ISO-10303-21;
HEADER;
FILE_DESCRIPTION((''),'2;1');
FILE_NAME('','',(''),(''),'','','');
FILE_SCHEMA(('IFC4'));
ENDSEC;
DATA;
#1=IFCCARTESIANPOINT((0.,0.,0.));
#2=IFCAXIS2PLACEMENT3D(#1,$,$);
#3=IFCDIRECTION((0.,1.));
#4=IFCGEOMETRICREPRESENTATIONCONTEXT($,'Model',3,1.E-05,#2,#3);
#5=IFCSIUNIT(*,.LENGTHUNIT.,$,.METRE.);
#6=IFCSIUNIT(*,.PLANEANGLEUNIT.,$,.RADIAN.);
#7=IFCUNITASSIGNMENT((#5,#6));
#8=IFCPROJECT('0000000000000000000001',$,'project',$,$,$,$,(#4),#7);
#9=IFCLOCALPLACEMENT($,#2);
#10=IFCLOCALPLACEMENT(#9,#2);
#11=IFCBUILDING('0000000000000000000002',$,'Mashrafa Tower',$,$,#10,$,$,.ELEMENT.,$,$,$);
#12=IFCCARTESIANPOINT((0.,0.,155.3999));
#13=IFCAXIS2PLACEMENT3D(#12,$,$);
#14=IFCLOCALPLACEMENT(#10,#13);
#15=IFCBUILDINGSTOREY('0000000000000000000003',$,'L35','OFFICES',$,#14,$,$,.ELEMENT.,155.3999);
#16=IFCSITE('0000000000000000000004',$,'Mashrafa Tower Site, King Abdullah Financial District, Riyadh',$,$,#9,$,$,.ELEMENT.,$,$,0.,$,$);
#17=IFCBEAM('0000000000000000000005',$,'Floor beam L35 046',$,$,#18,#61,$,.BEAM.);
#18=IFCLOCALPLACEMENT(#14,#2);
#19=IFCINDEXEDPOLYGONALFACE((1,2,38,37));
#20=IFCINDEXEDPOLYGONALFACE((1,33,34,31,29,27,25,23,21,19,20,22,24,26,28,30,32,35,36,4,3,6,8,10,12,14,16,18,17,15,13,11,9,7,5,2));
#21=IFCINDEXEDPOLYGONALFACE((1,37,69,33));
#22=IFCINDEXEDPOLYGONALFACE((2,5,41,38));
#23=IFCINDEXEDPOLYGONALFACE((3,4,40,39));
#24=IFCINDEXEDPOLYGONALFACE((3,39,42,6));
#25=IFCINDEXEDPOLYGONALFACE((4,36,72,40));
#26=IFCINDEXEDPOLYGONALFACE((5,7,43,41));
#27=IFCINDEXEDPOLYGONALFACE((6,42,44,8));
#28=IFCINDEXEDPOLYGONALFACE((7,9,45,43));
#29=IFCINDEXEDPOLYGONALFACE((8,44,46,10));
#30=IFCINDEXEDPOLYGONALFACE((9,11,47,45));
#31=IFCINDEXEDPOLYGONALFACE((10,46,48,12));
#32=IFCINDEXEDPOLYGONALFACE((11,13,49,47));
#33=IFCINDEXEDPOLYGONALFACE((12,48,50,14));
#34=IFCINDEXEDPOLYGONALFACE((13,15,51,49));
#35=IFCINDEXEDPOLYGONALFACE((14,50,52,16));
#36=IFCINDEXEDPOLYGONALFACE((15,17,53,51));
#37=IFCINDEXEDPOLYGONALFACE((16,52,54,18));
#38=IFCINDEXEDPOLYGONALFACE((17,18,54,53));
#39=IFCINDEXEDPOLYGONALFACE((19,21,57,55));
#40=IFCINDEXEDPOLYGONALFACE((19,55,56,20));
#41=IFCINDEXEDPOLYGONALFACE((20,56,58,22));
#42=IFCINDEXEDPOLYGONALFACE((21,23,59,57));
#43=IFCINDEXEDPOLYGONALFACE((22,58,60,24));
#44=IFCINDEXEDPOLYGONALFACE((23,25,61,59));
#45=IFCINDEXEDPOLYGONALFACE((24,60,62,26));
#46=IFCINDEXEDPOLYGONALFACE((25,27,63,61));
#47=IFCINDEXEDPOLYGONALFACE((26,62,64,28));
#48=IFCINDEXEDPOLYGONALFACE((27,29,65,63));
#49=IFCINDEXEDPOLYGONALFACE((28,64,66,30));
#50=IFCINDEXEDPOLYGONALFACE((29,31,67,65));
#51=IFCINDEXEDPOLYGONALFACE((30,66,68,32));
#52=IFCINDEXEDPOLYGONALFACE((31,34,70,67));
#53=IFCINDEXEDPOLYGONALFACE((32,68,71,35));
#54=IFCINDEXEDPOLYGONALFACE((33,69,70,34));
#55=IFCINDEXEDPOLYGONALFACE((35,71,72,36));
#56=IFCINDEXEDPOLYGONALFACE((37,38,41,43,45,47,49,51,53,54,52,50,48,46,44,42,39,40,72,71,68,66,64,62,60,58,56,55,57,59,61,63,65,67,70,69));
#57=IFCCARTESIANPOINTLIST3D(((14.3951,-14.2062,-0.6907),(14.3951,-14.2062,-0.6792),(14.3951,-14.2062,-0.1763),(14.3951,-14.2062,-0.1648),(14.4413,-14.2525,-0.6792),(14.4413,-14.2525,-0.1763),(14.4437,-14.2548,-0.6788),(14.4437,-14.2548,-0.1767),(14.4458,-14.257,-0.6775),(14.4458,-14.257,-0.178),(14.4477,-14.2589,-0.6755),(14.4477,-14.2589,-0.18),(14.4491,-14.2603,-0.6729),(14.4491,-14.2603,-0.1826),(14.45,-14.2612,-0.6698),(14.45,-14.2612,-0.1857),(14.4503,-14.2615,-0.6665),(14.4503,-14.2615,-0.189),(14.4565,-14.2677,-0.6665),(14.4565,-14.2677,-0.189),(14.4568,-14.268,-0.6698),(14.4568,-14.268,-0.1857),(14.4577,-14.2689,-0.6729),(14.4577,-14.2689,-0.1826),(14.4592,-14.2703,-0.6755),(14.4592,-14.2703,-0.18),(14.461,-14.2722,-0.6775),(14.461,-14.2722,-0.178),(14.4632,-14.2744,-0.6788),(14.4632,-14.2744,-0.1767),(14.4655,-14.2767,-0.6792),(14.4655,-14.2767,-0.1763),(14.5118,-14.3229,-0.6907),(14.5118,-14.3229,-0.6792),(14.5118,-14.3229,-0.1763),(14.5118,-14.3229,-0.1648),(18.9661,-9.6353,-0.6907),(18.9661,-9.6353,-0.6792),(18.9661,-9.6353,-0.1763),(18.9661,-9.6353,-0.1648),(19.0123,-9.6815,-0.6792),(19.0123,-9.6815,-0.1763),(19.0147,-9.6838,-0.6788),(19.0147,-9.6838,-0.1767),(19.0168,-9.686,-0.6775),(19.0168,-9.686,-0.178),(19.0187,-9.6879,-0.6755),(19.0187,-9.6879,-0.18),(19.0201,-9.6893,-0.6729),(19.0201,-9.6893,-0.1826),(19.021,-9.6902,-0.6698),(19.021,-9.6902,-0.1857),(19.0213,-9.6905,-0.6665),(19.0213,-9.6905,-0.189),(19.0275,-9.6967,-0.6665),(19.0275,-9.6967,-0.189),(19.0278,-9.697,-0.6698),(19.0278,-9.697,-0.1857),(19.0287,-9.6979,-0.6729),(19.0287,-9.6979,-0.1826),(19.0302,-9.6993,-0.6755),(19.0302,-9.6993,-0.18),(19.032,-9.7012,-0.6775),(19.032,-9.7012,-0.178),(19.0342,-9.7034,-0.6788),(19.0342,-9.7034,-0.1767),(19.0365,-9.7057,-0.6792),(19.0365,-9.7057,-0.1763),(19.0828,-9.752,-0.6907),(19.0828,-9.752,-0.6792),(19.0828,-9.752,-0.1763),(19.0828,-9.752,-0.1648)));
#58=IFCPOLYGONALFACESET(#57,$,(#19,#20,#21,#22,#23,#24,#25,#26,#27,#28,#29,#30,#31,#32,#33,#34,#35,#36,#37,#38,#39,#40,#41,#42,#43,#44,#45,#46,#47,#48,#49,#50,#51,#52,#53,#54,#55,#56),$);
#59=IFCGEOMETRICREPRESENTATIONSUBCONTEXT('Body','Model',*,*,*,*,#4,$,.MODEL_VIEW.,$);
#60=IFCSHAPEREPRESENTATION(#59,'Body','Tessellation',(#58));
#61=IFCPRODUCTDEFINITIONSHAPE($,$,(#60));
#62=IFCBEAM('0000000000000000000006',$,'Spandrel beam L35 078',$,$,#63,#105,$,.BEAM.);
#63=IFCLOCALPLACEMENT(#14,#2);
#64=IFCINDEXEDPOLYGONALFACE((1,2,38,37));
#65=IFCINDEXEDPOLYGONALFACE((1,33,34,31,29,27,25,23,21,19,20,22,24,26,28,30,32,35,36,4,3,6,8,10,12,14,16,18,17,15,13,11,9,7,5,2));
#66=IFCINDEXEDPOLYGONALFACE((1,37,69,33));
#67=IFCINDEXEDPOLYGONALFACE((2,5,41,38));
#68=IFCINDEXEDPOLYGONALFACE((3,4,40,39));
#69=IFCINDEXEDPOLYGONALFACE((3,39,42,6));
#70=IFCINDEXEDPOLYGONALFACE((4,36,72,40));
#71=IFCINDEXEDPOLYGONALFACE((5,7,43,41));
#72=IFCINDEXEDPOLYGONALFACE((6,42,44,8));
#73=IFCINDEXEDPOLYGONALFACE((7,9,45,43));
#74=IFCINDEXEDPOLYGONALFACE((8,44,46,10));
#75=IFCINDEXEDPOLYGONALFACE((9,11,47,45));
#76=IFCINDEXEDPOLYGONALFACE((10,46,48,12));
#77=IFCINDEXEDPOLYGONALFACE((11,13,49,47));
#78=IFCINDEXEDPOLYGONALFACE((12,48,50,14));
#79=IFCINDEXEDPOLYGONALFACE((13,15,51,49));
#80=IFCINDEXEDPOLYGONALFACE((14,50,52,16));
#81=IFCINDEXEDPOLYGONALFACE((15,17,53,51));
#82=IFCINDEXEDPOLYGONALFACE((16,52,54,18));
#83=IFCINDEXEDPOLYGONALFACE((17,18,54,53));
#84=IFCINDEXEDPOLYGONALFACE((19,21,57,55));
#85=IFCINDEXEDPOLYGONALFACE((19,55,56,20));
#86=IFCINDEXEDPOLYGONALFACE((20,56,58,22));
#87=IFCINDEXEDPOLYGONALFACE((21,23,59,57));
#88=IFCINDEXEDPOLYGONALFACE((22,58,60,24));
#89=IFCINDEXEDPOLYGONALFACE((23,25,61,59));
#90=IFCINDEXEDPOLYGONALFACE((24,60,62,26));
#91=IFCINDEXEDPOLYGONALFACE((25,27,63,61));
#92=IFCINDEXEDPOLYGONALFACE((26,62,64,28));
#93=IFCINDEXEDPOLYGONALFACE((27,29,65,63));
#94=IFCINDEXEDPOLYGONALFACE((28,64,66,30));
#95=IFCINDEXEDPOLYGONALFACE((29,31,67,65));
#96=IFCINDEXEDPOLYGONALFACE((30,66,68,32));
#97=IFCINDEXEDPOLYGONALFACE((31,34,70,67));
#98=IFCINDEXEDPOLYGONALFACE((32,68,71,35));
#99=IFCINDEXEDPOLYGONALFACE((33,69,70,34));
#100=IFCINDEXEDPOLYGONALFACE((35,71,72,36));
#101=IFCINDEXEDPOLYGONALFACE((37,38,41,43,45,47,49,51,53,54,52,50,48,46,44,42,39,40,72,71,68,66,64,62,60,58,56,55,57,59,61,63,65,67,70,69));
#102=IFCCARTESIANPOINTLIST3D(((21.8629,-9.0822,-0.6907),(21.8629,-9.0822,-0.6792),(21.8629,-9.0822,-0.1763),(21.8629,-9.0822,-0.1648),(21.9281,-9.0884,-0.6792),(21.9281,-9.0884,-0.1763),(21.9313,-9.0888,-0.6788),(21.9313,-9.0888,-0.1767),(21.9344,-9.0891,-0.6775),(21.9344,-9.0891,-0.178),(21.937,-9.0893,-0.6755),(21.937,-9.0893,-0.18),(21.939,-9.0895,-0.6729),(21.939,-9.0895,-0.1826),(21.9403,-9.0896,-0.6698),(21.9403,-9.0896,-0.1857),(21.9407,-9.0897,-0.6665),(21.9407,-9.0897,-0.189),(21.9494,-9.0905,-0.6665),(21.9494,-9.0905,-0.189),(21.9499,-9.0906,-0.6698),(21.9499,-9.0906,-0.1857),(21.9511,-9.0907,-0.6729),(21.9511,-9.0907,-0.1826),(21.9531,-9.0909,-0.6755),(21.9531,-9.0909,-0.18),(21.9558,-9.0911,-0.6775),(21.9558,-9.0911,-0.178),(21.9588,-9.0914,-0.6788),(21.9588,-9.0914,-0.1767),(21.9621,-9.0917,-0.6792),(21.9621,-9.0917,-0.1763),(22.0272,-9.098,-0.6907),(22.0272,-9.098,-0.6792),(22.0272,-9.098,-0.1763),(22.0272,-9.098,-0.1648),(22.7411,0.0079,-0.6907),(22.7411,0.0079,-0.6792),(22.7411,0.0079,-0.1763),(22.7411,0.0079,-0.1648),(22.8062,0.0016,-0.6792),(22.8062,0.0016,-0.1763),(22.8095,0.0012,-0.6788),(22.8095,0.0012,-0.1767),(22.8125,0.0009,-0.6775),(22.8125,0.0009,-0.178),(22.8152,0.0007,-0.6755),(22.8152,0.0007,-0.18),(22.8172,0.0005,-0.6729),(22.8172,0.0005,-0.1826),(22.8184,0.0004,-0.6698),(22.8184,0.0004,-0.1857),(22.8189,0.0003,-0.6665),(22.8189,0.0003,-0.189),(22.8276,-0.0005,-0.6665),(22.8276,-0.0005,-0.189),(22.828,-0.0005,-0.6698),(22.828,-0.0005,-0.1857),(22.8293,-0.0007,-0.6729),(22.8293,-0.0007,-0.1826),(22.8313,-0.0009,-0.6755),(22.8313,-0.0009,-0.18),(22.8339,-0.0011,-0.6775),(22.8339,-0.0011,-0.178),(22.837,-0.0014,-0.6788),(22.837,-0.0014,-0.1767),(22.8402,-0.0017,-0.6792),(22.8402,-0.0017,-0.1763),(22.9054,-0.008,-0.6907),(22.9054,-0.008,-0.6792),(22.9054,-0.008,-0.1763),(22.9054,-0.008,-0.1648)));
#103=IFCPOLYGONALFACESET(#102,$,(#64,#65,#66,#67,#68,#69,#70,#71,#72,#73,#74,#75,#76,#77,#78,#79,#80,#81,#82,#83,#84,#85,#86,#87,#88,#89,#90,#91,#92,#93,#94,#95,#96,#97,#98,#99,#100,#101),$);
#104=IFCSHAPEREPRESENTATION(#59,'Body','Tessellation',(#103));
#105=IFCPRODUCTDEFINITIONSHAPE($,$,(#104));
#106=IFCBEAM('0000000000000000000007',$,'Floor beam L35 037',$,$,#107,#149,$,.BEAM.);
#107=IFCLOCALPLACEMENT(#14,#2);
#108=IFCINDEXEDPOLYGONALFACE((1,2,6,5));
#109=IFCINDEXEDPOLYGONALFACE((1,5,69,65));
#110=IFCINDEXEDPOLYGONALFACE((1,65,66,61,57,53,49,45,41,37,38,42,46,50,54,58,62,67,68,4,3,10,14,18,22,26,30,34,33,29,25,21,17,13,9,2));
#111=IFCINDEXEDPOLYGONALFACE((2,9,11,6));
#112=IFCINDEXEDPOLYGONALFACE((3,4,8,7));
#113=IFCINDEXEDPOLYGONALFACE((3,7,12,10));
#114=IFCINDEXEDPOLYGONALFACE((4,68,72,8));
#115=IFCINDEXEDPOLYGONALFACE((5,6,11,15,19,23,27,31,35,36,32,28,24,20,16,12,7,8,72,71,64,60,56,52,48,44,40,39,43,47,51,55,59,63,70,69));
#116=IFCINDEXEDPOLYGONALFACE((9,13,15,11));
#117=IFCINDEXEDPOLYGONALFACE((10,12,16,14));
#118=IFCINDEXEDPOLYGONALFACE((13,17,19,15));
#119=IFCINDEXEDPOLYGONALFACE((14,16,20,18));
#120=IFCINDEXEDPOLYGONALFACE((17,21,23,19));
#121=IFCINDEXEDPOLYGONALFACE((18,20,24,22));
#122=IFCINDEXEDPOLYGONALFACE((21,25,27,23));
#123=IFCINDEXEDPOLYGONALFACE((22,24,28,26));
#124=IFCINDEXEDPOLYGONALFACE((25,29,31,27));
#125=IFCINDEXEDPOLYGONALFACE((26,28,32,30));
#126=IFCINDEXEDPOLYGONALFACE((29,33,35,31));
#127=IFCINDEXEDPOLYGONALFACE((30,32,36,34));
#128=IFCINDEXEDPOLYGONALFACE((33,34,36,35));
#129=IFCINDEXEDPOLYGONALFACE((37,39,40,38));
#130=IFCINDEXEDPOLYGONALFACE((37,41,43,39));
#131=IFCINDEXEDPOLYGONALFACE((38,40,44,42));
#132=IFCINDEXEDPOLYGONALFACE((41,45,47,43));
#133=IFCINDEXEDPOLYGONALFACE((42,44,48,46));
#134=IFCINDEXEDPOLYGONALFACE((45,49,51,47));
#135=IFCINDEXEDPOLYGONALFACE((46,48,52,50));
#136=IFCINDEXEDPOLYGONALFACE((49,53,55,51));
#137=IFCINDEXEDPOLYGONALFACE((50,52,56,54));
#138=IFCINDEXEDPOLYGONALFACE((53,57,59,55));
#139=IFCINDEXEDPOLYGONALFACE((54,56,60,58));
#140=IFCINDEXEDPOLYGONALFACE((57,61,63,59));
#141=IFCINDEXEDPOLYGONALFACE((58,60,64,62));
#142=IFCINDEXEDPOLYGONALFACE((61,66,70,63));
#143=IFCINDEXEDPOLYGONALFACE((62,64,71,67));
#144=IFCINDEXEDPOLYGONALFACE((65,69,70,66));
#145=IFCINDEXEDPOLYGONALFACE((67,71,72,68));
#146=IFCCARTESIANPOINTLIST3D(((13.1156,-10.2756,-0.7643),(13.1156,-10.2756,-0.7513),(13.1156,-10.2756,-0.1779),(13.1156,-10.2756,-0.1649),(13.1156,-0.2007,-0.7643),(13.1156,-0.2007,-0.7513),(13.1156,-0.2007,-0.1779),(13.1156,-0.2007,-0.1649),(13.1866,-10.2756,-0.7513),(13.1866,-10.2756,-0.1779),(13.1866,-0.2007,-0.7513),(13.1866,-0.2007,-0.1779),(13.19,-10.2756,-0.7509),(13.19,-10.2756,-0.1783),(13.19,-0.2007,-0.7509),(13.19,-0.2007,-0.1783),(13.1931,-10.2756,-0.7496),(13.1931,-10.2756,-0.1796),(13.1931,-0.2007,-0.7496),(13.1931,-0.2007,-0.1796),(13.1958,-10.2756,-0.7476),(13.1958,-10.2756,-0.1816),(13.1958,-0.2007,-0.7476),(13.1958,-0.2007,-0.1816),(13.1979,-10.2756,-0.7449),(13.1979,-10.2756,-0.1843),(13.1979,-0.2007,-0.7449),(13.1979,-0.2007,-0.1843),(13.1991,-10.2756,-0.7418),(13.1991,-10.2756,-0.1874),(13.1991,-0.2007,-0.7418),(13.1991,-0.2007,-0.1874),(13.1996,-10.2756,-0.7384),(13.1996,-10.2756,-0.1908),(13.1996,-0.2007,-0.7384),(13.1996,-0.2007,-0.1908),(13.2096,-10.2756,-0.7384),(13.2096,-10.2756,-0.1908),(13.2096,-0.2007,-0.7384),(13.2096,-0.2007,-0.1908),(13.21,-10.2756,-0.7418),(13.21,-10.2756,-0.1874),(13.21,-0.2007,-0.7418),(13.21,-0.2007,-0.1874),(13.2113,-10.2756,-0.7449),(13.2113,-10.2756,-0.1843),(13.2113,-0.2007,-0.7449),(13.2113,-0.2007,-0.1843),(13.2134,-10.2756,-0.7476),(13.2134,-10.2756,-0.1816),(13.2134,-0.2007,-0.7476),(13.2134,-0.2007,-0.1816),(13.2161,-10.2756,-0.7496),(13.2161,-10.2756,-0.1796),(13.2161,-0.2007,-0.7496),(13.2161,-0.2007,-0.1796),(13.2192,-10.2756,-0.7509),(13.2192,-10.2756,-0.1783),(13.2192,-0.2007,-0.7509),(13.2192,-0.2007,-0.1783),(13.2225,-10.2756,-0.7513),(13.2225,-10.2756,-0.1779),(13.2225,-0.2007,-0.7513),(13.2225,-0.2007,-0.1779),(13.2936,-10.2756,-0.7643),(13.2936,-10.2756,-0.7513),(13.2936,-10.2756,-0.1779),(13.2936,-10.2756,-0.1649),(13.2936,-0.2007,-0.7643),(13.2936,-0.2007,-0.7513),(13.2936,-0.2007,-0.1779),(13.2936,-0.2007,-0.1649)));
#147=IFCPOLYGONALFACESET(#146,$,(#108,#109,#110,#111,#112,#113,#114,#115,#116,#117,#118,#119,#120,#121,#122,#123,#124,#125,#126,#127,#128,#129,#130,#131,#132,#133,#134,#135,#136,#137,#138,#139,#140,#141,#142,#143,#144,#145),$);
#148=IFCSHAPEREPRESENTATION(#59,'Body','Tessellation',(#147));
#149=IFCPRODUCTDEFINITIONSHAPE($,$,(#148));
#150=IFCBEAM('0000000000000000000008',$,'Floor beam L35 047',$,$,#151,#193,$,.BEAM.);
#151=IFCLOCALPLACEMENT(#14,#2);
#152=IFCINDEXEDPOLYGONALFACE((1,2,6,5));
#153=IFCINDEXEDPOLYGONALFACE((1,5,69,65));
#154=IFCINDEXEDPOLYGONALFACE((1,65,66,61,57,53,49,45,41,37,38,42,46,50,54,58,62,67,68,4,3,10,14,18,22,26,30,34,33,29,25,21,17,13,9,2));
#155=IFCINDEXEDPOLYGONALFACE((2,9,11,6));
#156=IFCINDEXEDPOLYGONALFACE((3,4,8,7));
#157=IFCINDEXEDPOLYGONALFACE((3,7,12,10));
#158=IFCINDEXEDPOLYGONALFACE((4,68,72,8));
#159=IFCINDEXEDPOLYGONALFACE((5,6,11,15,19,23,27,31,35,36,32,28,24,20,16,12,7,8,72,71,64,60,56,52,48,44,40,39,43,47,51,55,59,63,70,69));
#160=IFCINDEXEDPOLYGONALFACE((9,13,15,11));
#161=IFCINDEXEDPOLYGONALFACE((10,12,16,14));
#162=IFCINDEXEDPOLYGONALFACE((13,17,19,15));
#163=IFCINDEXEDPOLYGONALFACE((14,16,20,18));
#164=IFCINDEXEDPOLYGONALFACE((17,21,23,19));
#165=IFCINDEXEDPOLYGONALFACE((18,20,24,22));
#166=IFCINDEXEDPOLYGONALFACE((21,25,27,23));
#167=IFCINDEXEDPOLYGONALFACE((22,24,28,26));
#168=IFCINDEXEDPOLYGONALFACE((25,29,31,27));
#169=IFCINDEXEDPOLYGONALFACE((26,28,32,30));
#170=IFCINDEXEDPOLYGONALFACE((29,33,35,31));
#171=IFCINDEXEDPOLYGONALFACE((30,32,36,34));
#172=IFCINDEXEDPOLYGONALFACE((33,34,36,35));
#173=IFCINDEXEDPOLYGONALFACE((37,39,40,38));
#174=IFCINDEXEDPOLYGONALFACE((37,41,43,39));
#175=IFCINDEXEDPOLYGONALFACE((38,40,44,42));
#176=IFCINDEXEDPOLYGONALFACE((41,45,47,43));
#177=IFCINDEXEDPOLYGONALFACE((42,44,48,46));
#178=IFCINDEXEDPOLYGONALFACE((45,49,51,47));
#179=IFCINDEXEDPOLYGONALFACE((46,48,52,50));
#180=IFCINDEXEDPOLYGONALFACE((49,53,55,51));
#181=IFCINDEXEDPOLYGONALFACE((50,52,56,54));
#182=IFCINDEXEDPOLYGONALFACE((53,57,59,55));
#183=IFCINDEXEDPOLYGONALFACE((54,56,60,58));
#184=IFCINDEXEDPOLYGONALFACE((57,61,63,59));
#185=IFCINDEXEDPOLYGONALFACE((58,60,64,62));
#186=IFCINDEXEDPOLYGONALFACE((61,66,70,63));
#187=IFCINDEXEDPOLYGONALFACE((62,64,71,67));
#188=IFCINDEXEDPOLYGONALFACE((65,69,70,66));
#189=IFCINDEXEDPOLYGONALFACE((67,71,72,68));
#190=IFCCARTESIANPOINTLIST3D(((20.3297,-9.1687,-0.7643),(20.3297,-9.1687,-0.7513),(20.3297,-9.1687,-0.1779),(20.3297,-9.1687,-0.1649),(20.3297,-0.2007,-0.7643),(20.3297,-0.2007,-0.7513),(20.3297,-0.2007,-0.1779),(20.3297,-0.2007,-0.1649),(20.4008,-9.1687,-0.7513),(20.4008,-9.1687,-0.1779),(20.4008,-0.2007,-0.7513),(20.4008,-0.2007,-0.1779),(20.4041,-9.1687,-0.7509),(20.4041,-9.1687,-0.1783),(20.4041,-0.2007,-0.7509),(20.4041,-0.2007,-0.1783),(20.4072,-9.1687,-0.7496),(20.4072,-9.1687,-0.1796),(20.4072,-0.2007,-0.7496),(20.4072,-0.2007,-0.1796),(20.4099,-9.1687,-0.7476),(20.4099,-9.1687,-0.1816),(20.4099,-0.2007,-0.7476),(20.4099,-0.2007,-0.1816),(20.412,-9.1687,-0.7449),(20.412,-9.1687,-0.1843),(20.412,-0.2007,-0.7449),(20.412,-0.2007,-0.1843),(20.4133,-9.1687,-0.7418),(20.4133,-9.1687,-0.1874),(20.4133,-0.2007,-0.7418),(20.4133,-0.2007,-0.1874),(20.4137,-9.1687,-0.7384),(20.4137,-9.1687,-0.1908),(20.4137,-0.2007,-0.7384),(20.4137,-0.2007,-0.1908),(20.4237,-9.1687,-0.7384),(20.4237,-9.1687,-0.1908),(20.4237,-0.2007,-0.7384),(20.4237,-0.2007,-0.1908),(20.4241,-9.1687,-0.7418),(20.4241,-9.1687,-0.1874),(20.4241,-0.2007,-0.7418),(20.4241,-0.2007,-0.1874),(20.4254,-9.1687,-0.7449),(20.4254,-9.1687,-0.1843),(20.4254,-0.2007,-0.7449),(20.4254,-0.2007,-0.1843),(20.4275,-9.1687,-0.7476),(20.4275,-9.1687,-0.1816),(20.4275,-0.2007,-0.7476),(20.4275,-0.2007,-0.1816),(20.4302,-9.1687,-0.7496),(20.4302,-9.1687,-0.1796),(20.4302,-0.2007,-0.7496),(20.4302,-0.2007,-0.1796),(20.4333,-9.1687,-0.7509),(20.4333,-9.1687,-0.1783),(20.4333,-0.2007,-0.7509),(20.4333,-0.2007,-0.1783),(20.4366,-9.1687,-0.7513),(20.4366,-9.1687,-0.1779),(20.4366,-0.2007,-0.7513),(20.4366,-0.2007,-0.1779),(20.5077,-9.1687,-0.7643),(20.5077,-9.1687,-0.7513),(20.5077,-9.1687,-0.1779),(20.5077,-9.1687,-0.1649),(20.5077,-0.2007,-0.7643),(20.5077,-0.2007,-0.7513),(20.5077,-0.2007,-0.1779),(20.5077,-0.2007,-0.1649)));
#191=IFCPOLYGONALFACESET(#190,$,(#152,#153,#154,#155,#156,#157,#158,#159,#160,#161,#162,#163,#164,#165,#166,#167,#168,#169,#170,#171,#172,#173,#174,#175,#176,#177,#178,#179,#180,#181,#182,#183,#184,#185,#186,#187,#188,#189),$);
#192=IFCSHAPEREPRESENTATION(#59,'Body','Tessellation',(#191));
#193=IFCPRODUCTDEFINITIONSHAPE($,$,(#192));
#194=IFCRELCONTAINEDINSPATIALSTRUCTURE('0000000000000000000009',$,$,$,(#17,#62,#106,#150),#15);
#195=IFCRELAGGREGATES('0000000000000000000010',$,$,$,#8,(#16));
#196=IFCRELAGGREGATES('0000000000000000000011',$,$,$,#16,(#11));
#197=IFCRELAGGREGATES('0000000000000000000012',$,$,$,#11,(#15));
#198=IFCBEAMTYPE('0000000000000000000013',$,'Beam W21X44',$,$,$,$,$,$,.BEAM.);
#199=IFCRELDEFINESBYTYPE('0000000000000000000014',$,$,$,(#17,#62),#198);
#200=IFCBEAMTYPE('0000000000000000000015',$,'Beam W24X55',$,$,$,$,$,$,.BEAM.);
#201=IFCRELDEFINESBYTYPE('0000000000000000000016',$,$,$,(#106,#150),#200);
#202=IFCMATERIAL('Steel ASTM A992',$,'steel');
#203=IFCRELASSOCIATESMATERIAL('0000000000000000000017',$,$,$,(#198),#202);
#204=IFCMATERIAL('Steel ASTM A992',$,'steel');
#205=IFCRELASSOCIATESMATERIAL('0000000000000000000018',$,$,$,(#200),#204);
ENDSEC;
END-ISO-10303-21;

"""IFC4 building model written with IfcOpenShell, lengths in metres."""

from ifc_helpers import new_model, si_unit, direction, frame, origin, origin_2d, place, context, subcontext, project, spatial, i_section, extrude, material, material_profile, profile_set, type_object, element, save


model = new_model("IFC4")

# Units and contexts
model_context = context("Model", 3, precision=1e-05, world=origin(), true_north=direction((0.0, 1.0)))
body_context = subcontext(model_context, "Body", "Model", "MODEL_VIEW")
ifc_project = project(units=[si_unit("LENGTHUNIT", "METRE"), si_unit("PLANEANGLEUNIT", "RADIAN")], contexts=[model_context])

# Site, building, storey
site_placement = place(None, origin())
site = spatial("IfcSite", under=ifc_project, at=site_placement, Name="Mashrafa Tower Site, King Abdullah Financial District, Riyadh", CompositionType="ELEMENT", RefElevation=0.0)
building_placement = place(site_placement, origin())
building = spatial("IfcBuilding", under=site, at=building_placement, Name="Mashrafa Tower", CompositionType="ELEMENT")
storey_placement = place(building_placement, frame((0.0, 0.0, 155.3999)))
storey = spatial("IfcBuildingStorey", under=building, at=storey_placement, Name="L35", Description="OFFICES", CompositionType="ELEMENT", Elevation=155.3999)

# Beams
ifc_material_1 = material(Name="Steel ASTM A992", Category="steel")
ifc_material_profile_1 = material_profile(ifc_material_1, i_section(OverallWidth=0.165, OverallDepth=0.5259, WebThickness=0.0088, FlangeThickness=0.0115, FilletRadius=0.0127, at=origin_2d()), Name="W21X44")
ifc_profile_set_1 = profile_set([ifc_material_profile_1], Name="Steel ASTM A992")
beam_type_1 = type_object("IfcBeamType", Name="Beam W21X44", PredefinedType="BEAM", material=ifc_profile_set_1)
beam_1_placement = place(storey_placement, frame((19.0244, -9.6936, -0.4277), z_axis=(-0.707107, -0.707107, 0.0), x_axis=(0.707107, -0.707107, 0.0)))
element("IfcBeam", 1, at=beam_1_placement, inside=storey, type_object=beam_type_1, Name="Floor beam L35 046", PredefinedType="BEAM", context=body_context, shape_type="SweptSolid", body=[
    extrude(i_section(OverallWidth=0.165, OverallDepth=0.5259, WebThickness=0.0088, FlangeThickness=0.0115, FilletRadius=0.0127, at=origin_2d()), origin(), (0.0, 0.0, 1.0), 6.4644),
])
beam_2_placement = place(storey_placement, frame((21.9451, -9.0901, -0.4277), z_axis=(0.09616, 0.995366, 0.0), x_axis=(-0.995366, 0.09616, 0.0)))
element("IfcBeam", 2, at=beam_2_placement, inside=storey, type_object=beam_type_1, Name="Spandrel beam L35 078", PredefinedType="BEAM", context=body_context, shape_type="SweptSolid", body=[
    extrude(i_section(OverallWidth=0.165, OverallDepth=0.5259, WebThickness=0.0088, FlangeThickness=0.0115, FilletRadius=0.0127, at=origin_2d()), origin(), (0.0, 0.0, 1.0), 9.1323),
])
ifc_material_2 = material(Name="Steel ASTM A992", Category="steel")
ifc_material_profile_2 = material_profile(ifc_material_2, i_section(OverallWidth=0.178, OverallDepth=0.5994, WebThickness=0.01, FlangeThickness=0.0129, FilletRadius=0.0129, at=origin_2d()), Name="W24X55")
ifc_profile_set_2 = profile_set([ifc_material_profile_2], Name="Steel ASTM A992")
beam_type_2 = type_object("IfcBeamType", Name="Beam W24X55", PredefinedType="BEAM", material=ifc_profile_set_2)
beam_3_placement = place(storey_placement, frame((13.2046, -0.2007, -0.4646), z_axis=(0.0, -1.0, 0.0), x_axis=(1.0, 0.0, 0.0)))
element("IfcBeam", 3, at=beam_3_placement, inside=storey, type_object=beam_type_2, Name="Floor beam L35 037", PredefinedType="BEAM", context=body_context, shape_type="SweptSolid", body=[
    extrude(i_section(OverallWidth=0.178, OverallDepth=0.5994, WebThickness=0.01, FlangeThickness=0.0129, FilletRadius=0.0129, at=origin_2d()), origin(), (0.0, 0.0, 1.0), 10.075),
])
beam_4_placement = place(storey_placement, frame((20.4187, -0.2007, -0.4646), z_axis=(0.0, -1.0, 0.0), x_axis=(1.0, 0.0, 0.0)))
element("IfcBeam", 4, at=beam_4_placement, inside=storey, type_object=beam_type_2, Name="Floor beam L35 047", PredefinedType="BEAM", context=body_context, shape_type="SweptSolid", body=[
    extrude(i_section(OverallWidth=0.178, OverallDepth=0.5994, WebThickness=0.01, FlangeThickness=0.0129, FilletRadius=0.0129, at=origin_2d()), origin(), (0.0, 0.0, 1.0), 8.968),
])

save(model, "model.ifc")
